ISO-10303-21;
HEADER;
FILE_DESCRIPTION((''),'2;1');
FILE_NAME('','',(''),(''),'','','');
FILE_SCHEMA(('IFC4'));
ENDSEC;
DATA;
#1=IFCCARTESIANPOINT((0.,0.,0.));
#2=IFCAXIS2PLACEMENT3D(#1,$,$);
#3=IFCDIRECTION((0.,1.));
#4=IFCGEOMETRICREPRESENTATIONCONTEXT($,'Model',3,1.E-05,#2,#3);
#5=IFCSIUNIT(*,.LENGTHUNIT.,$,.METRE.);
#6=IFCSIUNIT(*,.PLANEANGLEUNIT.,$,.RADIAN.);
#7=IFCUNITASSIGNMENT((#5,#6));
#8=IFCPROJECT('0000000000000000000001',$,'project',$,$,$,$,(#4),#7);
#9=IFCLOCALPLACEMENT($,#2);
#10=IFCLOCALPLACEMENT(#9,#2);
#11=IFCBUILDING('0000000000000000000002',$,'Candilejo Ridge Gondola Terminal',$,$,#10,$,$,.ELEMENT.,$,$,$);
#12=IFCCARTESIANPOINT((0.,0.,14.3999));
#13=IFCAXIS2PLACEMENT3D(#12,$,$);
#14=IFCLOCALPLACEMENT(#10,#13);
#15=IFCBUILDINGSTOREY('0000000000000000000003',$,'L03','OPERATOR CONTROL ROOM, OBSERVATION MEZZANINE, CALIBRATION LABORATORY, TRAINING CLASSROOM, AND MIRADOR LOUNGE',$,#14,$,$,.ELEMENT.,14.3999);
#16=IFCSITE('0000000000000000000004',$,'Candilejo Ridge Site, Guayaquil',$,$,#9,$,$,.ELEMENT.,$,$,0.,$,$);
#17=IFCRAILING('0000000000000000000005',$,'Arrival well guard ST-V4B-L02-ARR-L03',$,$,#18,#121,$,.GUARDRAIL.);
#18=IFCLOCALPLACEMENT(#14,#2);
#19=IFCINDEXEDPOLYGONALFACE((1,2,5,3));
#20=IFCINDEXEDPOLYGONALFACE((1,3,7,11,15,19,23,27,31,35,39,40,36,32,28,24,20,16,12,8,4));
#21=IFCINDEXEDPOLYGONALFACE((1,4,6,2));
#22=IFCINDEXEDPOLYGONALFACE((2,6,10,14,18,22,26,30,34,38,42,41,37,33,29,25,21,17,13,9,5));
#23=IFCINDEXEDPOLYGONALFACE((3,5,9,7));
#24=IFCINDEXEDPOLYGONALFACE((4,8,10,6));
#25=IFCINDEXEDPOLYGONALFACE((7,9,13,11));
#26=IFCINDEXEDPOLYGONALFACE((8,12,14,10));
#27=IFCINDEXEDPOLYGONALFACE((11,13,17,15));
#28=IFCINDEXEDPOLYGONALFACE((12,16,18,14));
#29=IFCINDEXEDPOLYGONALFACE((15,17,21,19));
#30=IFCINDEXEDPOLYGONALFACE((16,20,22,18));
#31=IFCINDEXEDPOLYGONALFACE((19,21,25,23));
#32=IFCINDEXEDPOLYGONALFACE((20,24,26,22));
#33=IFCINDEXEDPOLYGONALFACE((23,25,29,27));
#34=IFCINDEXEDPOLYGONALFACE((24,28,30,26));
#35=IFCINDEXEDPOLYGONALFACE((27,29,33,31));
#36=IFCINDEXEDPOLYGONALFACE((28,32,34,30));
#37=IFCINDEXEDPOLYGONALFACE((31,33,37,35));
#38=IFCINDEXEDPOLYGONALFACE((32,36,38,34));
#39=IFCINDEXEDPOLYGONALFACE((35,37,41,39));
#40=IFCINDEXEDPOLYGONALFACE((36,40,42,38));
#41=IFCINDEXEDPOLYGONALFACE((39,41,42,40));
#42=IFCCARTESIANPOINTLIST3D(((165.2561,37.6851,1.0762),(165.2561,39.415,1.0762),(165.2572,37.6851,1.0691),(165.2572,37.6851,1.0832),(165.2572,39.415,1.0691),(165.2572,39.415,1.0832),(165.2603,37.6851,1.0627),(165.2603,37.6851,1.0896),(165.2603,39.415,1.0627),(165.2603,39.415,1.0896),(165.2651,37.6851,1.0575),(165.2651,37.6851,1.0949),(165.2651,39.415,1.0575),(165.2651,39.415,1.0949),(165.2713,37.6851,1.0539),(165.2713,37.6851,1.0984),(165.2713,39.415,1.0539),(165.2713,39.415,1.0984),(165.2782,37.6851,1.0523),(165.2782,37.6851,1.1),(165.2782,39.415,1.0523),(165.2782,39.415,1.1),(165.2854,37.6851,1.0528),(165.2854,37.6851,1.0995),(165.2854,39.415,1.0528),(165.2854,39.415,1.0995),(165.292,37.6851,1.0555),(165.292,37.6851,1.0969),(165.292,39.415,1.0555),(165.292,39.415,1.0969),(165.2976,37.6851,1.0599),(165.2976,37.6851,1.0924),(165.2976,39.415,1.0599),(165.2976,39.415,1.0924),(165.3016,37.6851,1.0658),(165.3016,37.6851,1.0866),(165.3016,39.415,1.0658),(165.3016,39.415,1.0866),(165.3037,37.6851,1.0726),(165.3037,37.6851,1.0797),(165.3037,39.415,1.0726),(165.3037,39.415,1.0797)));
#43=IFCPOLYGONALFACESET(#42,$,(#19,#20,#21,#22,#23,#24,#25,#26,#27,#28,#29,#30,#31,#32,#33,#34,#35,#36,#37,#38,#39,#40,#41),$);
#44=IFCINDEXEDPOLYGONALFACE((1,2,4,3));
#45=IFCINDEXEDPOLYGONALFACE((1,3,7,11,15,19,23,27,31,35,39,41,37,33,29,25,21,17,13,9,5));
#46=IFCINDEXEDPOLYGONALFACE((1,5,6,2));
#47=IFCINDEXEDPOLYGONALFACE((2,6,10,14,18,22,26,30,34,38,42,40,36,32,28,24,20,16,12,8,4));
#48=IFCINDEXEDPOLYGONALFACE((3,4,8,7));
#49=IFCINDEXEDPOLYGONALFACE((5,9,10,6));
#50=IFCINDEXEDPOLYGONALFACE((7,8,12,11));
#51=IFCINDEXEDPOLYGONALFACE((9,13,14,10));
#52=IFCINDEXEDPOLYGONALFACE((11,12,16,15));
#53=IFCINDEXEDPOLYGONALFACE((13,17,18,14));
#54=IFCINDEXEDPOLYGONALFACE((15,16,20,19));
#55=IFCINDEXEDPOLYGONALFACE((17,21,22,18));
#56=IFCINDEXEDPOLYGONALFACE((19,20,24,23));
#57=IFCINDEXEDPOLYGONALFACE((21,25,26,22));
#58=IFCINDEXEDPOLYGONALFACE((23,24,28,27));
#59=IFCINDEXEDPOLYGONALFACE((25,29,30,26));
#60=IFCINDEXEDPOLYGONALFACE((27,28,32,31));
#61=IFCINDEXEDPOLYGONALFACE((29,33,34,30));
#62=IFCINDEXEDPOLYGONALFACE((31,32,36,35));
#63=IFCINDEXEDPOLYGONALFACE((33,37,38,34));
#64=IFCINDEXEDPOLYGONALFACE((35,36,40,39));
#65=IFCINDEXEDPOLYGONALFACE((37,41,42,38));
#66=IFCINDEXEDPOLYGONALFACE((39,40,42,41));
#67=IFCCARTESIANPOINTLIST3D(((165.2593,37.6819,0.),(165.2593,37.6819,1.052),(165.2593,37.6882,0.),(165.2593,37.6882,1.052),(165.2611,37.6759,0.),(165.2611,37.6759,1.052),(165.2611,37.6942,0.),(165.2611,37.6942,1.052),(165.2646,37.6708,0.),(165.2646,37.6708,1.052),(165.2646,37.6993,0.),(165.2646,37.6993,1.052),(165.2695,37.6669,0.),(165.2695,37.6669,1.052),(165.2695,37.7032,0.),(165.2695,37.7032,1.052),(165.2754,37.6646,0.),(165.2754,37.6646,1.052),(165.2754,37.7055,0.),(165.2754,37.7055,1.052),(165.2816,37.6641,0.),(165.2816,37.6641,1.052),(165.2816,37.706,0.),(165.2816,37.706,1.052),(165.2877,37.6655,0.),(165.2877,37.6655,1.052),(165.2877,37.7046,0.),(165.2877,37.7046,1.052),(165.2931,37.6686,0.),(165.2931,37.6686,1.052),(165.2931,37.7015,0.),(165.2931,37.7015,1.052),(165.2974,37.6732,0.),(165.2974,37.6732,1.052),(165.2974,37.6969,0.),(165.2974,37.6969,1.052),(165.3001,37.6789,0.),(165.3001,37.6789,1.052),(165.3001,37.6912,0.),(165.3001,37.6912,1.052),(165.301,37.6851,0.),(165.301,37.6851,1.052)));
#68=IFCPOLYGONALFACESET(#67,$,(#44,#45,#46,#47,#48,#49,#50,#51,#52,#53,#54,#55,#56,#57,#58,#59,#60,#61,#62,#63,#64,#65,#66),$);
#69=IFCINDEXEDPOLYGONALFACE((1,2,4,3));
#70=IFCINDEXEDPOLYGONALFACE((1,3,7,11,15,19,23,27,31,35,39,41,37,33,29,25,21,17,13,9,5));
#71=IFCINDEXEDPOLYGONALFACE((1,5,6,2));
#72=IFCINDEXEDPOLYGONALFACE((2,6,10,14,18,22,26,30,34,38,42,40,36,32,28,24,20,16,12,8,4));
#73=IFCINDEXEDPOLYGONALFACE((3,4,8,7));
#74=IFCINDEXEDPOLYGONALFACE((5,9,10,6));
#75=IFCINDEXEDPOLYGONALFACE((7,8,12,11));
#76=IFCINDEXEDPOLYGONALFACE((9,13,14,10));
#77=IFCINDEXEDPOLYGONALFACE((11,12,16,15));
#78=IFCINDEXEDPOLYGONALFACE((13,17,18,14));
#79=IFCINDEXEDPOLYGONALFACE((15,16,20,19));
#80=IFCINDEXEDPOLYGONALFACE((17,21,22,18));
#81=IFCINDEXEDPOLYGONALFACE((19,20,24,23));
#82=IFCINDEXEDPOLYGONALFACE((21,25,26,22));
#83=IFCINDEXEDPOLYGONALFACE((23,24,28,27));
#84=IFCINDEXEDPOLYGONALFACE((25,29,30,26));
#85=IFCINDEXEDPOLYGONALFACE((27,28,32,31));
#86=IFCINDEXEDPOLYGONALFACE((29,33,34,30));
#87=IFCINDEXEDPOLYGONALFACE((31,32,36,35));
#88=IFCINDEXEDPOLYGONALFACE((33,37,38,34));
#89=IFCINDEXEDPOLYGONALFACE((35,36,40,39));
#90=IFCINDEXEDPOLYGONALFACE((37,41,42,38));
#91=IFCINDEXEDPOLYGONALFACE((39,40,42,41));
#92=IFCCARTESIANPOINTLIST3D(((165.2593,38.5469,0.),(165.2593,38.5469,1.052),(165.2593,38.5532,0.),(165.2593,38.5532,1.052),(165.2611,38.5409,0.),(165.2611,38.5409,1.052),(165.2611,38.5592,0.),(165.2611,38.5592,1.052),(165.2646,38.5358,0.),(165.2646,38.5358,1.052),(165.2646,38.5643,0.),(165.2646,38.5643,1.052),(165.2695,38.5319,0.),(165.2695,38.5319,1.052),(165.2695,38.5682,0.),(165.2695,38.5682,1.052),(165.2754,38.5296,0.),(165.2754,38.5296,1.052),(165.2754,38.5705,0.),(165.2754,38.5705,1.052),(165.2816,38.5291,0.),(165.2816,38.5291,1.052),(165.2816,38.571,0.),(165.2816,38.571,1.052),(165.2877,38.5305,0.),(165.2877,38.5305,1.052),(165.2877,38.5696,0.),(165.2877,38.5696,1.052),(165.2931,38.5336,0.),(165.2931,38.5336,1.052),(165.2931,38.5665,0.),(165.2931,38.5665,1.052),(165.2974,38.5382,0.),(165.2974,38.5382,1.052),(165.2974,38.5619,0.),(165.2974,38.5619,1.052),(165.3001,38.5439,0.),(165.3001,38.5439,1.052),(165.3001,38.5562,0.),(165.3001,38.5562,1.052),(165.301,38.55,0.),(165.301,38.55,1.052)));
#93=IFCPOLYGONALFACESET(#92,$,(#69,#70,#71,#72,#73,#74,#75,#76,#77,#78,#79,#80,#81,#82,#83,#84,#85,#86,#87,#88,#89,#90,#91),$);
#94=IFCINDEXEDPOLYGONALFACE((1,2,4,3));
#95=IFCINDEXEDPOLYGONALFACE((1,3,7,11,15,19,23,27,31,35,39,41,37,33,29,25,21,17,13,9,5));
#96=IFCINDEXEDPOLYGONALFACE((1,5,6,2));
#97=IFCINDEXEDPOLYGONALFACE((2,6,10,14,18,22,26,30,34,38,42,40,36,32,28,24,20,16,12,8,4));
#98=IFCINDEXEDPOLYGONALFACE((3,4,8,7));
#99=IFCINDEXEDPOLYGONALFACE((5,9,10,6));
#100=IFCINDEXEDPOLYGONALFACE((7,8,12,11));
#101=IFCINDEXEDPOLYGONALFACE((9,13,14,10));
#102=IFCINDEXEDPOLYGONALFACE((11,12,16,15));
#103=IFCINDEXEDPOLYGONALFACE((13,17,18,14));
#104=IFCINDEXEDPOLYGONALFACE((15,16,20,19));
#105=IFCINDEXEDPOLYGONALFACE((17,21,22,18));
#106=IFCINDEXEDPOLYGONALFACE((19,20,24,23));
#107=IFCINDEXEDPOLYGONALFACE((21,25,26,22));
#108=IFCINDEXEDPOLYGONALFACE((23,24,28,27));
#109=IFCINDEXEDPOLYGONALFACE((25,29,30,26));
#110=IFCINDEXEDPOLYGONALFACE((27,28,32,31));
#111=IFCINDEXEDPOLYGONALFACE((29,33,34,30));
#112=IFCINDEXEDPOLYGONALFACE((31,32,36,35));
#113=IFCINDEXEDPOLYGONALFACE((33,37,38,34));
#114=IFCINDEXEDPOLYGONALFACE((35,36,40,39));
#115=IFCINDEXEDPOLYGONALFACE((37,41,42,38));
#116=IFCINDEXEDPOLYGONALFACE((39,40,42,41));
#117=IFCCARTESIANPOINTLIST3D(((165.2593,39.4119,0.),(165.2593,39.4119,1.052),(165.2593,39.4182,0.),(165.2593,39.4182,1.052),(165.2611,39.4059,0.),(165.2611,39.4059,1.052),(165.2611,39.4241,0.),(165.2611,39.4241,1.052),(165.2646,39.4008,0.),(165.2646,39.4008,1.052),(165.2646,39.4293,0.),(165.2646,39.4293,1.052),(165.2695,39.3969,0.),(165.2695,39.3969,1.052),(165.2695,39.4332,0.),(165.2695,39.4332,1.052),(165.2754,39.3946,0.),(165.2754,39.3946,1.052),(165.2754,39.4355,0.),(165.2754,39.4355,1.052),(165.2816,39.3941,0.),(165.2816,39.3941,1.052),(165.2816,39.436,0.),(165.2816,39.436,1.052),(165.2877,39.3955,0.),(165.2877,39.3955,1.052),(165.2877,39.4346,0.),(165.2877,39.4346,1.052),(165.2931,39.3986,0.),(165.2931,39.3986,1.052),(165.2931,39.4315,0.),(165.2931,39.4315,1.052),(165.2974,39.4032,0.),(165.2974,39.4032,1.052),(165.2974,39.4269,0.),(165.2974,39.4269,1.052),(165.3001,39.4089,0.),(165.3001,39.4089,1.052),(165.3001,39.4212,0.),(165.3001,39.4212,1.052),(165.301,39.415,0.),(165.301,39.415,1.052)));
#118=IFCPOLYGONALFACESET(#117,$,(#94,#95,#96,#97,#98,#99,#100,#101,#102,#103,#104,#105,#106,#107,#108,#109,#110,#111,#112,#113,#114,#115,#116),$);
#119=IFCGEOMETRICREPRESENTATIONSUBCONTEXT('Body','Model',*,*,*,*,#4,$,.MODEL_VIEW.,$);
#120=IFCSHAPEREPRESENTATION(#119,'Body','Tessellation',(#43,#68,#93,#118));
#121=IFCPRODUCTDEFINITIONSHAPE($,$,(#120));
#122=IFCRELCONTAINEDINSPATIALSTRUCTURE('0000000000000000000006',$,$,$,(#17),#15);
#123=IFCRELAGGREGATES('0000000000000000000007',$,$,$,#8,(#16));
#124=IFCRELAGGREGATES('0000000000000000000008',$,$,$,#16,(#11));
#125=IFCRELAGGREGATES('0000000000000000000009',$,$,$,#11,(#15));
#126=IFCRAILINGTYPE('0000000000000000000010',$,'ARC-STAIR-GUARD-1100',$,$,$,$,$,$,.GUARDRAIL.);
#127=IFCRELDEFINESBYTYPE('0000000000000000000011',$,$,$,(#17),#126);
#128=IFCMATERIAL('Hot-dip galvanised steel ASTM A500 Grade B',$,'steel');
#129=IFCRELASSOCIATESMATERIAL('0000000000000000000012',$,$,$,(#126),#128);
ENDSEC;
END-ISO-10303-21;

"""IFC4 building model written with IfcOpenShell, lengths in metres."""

from ifc_helpers import new_model, si_unit, direction, frame, origin, origin_2d, place, context, subcontext, project, spatial, circle, extrude, material, type_object, element, save


model = new_model("IFC4")

# Units and contexts
model_context = context("Model", 3, precision=1e-05, world=origin(), true_north=direction((0.0, 1.0)))
body_context = subcontext(model_context, "Body", "Model", "MODEL_VIEW")
ifc_project = project(units=[si_unit("LENGTHUNIT", "METRE"), si_unit("PLANEANGLEUNIT", "RADIAN")], contexts=[model_context])

# Site, building, storey
site_placement = place(None, origin())
site = spatial("IfcSite", under=ifc_project, at=site_placement, Name="Candilejo Ridge Site, Guayaquil", CompositionType="ELEMENT", RefElevation=0.0)
building_placement = place(site_placement, origin())
building = spatial("IfcBuilding", under=site, at=building_placement, Name="Candilejo Ridge Gondola Terminal", CompositionType="ELEMENT")
storey_placement = place(building_placement, frame((0.0, 0.0, 14.3999)))
storey = spatial("IfcBuildingStorey", under=building, at=storey_placement, Name="L03", Description="OPERATOR CONTROL ROOM, OBSERVATION MEZZANINE, CALIBRATION LABORATORY, TRAINING CLASSROOM, AND MIRADOR LOUNGE", CompositionType="ELEMENT", Elevation=14.3999)

# Railing
ifc_material_1 = material(Name="Hot-dip galvanised steel ASTM A500 Grade B", Category="steel")
railing_type = type_object("IfcRailingType", Name="ARC-STAIR-GUARD-1100", PredefinedType="GUARDRAIL", material=ifc_material_1)
railing_placement = place(storey_placement, frame((165.28, 37.6851, 0.0)))
element("IfcRailing", 1, at=railing_placement, inside=storey, type_object=railing_type, Name="Arrival well guard ST-V4B-L02-ARR-L03", PredefinedType="GUARDRAIL", context=body_context, shape_type="SweptSolid", body=[
    extrude(circle(Radius=0.0239, at=origin_2d()), frame((0.0, 0.0, 1.0762), z_axis=(0.0, 1.0, 0.0), x_axis=(-1.0, 0.0, 0.0)), (0.0, 0.0, 1.0), 1.73),
    extrude(circle(Radius=0.021, at=origin_2d()), origin(), (0.0, 0.0, 1.0), 1.052),
    extrude(circle(Radius=0.021, at=origin_2d()), frame((0.0, 0.865, 0.0)), (0.0, 0.0, 1.0), 1.052),
    extrude(circle(Radius=0.021, at=origin_2d()), frame((0.0, 1.73, 0.0)), (0.0, 0.0, 1.0), 1.052),
])

save(model, "model.ifc")
